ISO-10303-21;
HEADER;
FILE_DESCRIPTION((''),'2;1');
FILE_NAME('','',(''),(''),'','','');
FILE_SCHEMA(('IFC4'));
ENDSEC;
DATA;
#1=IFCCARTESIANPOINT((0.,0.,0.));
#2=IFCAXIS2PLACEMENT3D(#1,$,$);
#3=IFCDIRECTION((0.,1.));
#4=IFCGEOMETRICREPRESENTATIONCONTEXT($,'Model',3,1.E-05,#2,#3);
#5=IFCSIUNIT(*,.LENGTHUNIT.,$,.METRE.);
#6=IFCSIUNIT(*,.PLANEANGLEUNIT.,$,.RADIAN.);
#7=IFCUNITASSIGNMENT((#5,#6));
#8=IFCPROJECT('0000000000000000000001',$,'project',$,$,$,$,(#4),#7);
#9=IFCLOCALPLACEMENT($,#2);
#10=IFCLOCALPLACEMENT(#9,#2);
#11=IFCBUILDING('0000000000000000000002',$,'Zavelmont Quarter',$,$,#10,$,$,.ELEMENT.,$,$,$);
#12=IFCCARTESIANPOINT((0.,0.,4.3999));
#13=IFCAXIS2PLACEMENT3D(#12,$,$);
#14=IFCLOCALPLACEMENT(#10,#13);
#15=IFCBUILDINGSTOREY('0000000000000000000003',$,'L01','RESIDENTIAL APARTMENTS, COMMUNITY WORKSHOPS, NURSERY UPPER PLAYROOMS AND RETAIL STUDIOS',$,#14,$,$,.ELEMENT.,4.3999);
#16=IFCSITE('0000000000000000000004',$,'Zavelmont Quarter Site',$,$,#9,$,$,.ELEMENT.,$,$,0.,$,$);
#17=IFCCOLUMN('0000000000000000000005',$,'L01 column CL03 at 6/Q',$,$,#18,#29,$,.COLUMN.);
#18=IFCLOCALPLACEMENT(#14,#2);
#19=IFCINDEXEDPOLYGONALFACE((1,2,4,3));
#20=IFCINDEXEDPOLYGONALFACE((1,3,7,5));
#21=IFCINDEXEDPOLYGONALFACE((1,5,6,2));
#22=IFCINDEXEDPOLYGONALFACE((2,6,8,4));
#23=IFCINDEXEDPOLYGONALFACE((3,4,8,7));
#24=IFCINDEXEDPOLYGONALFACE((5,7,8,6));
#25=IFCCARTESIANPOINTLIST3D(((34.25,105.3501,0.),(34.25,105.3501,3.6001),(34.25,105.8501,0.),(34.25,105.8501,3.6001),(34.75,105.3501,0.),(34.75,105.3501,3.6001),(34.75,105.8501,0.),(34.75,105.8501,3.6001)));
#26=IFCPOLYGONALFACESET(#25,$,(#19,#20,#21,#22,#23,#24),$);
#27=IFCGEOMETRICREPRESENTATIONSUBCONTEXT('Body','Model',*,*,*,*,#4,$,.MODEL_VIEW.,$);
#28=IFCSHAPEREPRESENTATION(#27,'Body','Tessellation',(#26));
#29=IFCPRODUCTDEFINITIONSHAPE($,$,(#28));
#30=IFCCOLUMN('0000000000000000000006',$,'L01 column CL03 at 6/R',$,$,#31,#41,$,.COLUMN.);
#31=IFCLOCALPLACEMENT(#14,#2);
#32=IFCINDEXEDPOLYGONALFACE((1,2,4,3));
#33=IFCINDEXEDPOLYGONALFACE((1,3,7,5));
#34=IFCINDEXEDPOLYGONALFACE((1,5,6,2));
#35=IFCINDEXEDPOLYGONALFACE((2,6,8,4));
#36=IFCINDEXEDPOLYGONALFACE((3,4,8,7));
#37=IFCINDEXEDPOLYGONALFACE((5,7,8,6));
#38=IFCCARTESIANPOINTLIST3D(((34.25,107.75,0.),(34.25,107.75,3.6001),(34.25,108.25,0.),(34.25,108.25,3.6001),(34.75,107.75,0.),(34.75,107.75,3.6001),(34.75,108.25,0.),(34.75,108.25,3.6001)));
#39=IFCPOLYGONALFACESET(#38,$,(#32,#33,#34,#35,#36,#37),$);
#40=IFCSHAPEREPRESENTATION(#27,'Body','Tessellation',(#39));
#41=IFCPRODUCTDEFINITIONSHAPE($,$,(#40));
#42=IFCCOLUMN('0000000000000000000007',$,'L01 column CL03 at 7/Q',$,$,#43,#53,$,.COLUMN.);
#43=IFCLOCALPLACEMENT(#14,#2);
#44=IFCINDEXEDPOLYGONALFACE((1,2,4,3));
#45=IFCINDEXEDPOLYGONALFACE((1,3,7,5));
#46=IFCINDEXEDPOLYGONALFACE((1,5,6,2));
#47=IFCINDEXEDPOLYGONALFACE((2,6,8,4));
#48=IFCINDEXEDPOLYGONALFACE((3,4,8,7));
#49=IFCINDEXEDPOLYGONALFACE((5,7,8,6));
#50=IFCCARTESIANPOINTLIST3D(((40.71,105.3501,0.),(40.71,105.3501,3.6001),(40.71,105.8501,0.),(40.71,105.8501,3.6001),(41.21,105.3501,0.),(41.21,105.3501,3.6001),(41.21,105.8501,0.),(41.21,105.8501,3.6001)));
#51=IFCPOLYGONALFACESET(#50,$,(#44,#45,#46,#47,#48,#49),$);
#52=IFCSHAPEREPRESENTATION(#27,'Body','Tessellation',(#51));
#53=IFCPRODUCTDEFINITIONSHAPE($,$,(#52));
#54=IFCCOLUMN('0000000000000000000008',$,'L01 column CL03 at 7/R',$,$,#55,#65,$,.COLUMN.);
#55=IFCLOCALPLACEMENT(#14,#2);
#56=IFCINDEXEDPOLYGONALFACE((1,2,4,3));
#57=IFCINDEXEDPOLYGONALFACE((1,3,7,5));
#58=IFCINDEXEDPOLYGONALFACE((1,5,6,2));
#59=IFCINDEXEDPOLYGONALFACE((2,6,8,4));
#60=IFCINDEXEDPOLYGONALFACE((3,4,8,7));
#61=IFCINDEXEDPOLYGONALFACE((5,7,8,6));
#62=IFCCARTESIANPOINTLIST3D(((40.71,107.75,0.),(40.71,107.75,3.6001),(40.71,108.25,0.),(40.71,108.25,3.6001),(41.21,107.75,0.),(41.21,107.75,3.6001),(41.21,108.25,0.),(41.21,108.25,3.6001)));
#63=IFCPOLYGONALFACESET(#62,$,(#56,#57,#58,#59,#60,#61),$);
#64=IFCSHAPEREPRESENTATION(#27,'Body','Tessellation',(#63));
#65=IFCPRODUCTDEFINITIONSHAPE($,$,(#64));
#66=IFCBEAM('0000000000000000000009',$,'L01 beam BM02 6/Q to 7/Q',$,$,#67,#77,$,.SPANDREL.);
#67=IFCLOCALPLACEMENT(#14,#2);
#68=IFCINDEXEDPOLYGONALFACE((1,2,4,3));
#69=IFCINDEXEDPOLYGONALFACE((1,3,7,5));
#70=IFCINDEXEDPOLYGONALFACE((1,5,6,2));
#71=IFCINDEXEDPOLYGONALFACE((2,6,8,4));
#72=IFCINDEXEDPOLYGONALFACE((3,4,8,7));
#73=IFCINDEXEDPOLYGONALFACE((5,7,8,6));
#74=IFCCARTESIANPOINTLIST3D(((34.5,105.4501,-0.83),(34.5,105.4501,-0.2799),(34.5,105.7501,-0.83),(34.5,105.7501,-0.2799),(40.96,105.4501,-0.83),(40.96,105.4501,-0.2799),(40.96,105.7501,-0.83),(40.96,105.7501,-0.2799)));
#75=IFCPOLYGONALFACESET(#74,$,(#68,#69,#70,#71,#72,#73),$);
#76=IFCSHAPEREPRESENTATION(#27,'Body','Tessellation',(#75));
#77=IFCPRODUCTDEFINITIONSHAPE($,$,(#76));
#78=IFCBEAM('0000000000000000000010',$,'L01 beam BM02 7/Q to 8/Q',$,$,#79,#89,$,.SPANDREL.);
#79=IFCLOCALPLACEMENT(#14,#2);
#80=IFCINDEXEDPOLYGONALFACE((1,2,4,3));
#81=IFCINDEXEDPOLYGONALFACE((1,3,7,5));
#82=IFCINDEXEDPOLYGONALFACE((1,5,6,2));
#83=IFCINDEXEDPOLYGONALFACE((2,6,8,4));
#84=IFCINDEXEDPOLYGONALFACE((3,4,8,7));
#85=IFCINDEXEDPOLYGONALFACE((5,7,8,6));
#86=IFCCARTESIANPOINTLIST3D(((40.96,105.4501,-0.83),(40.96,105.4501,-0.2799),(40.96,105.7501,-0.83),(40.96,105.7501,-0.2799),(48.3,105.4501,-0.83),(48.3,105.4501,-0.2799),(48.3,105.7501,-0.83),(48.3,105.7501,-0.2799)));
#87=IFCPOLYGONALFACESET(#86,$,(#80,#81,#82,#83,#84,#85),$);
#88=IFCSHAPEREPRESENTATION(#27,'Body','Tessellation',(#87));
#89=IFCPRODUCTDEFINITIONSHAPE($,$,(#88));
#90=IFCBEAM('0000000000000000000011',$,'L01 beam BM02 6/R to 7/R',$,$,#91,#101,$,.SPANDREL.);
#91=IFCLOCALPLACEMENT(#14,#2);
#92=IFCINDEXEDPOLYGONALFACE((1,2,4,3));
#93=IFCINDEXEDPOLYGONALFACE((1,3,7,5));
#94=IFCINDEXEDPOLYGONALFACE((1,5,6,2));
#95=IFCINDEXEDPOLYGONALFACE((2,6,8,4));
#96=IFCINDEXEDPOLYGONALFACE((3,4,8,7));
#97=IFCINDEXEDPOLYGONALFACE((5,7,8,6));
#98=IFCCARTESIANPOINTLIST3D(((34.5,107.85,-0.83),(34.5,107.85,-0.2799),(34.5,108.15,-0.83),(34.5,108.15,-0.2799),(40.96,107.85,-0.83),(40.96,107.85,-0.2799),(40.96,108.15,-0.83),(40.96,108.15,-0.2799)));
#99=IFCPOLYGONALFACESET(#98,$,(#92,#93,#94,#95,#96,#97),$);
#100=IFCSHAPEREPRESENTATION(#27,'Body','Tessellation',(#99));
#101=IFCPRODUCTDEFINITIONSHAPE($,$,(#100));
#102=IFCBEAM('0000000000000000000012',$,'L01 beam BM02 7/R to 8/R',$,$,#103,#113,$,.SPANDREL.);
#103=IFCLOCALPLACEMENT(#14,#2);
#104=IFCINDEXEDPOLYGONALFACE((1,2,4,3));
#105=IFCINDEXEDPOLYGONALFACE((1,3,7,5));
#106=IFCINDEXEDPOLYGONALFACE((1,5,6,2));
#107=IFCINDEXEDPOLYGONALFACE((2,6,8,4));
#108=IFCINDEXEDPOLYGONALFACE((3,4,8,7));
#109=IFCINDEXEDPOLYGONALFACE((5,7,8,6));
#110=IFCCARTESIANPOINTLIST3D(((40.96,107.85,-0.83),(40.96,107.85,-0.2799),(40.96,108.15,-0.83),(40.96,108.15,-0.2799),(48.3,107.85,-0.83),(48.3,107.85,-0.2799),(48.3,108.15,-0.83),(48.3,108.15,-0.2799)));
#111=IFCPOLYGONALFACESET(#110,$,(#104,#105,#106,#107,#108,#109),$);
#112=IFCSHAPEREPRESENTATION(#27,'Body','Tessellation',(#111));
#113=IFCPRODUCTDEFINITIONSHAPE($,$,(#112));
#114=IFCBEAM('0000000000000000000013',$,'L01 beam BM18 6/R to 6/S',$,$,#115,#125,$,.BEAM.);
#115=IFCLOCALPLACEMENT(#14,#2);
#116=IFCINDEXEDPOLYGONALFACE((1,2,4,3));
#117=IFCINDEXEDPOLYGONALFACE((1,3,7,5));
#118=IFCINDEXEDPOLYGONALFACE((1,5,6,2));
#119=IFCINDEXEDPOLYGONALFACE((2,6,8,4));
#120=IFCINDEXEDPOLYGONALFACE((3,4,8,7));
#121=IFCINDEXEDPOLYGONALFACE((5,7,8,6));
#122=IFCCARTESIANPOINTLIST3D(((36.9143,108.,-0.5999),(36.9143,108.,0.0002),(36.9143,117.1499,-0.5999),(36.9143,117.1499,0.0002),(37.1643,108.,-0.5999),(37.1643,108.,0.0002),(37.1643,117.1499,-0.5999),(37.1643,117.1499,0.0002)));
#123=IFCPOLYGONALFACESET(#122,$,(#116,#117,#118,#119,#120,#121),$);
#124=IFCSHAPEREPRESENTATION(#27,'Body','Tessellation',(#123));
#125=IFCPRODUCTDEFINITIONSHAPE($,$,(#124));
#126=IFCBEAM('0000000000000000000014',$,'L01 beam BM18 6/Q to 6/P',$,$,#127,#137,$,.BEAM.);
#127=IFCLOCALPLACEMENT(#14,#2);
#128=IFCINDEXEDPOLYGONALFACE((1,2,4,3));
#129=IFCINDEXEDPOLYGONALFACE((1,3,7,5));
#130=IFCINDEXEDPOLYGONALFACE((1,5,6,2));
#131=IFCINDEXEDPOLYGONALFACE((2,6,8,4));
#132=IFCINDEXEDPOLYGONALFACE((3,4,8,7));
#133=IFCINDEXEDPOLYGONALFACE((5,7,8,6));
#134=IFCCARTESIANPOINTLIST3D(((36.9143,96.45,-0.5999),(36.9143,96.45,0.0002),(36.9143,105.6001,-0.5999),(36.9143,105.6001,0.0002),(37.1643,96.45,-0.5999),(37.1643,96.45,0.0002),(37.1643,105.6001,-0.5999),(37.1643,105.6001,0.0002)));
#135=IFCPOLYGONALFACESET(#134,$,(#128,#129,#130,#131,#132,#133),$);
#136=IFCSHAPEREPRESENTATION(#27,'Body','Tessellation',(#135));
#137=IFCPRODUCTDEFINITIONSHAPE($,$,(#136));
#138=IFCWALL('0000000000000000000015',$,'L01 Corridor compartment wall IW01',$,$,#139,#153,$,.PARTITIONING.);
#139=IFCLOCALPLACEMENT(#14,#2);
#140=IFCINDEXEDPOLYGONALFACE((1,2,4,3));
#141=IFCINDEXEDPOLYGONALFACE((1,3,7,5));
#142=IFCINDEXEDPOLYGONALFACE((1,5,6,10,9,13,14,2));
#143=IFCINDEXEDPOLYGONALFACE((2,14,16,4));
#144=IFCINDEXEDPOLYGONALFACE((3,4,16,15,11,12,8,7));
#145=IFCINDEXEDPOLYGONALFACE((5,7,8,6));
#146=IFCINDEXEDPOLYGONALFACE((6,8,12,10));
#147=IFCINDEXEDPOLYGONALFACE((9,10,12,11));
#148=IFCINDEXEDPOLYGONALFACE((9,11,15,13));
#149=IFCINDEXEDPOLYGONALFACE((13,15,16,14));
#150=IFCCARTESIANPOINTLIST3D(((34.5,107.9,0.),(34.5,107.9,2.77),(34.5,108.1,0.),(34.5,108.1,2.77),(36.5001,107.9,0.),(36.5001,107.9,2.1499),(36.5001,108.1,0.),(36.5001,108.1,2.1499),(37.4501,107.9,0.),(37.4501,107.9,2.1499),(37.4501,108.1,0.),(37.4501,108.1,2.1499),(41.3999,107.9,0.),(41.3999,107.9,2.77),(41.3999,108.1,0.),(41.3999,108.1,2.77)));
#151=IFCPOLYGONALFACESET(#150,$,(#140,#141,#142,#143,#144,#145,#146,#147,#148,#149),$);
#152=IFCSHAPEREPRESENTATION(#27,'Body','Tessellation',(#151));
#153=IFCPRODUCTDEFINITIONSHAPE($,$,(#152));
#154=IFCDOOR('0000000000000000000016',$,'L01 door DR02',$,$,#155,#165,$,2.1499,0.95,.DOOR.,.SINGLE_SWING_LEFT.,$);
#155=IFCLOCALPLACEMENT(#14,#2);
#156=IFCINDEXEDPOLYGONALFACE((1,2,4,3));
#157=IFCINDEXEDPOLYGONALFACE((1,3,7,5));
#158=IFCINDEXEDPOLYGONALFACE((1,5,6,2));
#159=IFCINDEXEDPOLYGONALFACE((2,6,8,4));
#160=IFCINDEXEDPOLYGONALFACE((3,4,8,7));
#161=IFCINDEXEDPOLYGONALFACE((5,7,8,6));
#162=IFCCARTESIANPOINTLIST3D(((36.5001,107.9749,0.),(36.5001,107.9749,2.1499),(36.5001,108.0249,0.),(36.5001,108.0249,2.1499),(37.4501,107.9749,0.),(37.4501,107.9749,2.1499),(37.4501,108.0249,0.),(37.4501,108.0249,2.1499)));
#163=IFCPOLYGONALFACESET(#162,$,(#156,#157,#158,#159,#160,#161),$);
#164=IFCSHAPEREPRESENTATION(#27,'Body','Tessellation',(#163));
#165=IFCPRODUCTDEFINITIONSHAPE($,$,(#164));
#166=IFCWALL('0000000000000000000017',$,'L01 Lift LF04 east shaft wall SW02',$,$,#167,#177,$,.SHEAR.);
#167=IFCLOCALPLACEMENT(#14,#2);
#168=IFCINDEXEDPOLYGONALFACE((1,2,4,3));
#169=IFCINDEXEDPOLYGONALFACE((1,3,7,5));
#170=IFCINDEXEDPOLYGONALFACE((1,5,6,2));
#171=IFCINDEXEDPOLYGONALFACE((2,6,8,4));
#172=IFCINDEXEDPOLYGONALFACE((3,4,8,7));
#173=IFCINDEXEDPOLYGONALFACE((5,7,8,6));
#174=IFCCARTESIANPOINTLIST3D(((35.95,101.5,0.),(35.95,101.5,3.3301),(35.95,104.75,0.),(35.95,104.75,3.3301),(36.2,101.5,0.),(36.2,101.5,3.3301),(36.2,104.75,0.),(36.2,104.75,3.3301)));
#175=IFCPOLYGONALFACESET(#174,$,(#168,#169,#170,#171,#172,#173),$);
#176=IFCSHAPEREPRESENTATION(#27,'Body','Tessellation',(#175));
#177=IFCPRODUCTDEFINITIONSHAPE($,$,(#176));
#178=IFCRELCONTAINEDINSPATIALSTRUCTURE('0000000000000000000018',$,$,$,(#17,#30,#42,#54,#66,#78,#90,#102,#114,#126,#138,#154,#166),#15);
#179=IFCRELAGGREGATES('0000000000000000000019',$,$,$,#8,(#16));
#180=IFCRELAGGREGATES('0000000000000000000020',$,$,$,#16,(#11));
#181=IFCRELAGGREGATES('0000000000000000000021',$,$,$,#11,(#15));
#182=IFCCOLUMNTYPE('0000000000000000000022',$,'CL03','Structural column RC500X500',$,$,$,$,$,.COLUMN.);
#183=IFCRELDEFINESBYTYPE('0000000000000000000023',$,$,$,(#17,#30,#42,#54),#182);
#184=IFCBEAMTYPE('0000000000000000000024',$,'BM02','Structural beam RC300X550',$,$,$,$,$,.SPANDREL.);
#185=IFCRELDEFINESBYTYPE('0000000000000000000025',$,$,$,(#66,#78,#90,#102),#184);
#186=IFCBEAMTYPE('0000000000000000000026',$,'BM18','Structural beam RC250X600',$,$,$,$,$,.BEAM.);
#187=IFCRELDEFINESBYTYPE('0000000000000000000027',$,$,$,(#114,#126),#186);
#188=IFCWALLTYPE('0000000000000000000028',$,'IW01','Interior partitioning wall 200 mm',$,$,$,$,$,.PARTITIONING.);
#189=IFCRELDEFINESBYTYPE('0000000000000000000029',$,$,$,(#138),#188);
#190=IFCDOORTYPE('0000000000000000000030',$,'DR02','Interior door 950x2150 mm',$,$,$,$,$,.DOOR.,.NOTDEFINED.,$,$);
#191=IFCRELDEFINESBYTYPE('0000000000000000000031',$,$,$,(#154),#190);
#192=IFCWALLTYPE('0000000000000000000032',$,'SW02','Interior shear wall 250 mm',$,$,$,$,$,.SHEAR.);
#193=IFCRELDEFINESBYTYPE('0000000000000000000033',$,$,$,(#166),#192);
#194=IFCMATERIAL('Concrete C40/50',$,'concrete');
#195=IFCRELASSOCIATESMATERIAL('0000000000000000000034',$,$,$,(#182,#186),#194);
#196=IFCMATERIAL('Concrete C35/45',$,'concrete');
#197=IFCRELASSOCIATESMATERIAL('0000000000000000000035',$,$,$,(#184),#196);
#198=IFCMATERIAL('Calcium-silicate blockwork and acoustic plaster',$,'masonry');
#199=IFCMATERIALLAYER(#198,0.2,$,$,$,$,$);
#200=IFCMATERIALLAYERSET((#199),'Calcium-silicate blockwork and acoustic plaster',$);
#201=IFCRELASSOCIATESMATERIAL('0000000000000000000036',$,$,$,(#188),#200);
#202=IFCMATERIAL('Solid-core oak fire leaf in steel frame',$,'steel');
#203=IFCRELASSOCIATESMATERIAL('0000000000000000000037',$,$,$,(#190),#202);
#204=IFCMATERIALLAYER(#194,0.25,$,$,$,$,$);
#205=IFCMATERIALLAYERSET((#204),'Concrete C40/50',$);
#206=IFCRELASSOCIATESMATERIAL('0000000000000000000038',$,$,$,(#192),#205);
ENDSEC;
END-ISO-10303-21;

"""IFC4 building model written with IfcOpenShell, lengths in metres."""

from ifc_helpers import new_model, si_unit, direction, frame, frame_2d, origin, origin_with_axes, origin_2d, place, context, subcontext, project, spatial, rectangle, extrude, material, layer, layer_set, material_profile, profile_set, type_object, element, fill, save


model = new_model("IFC4")

# Units and contexts
model_context = context("Model", 3, precision=1e-05, world=origin(), true_north=direction((0.0, 1.0)))
body_context = subcontext(model_context, "Body", "Model", "MODEL_VIEW")
ifc_project = project(units=[si_unit("LENGTHUNIT", "METRE"), si_unit("PLANEANGLEUNIT", "RADIAN")], contexts=[model_context])

# Site, building, storey
site_placement = place(None, origin())
site = spatial("IfcSite", under=ifc_project, at=site_placement, Name="Zavelmont Quarter Site", CompositionType="ELEMENT", RefElevation=0.0)
building_placement = place(site_placement, origin())
building = spatial("IfcBuilding", under=site, at=building_placement, Name="Zavelmont Quarter", CompositionType="ELEMENT")
storey_placement = place(building_placement, frame((0.0, 0.0, 4.3999)))
storey = spatial("IfcBuildingStorey", under=building, at=storey_placement, Name="L01", Description="RESIDENTIAL APARTMENTS, COMMUNITY WORKSHOPS, NURSERY UPPER PLAYROOMS AND RETAIL STUDIOS", CompositionType="ELEMENT", Elevation=4.3999)

# Columns
ifc_material_1 = material(Name="Concrete C40/50", Category="concrete")
ifc_material_profile_1 = material_profile(ifc_material_1, rectangle(XDim=0.5, YDim=0.5, at=origin_2d()), Name="RC500X500")
ifc_profile_set_1 = profile_set([ifc_material_profile_1], Name="Concrete C40/50")
column_type = type_object("IfcColumnType", Name="CL03", Description="Structural column RC500X500", PredefinedType="COLUMN", material=ifc_profile_set_1)
for number, where, z_axis, x_axis, name in (
    (1, (34.5, 105.6001, 0.0), (0.0, 0.0, 1.0), (1.0, 0.0, 0.0), "L01 column CL03 at 6/Q"),
    (2, (34.5, 108.0, 0.0), (0.0, 0.0, 1.0), (1.0, 0.0, 0.0), "L01 column CL03 at 6/R"),
    (3, (40.96, 105.6001, 0.0), (0.0, 0.0, 1.0), (1.0, 0.0, 0.0), "L01 column CL03 at 7/Q"),
    (4, (40.96, 108.0, 0.0), (0.0, 0.0, 1.0), (1.0, 0.0, 0.0), "L01 column CL03 at 7/R"),
):
    element("IfcColumn", number, at=place(storey_placement, frame(where, z_axis=z_axis, x_axis=x_axis)), inside=storey, type_object=column_type, Name=name, PredefinedType="COLUMN", context=body_context, shape_type="SweptSolid", body=[
        extrude(rectangle(XDim=0.5, YDim=0.5, at=origin_2d()), origin(), (0.0, 0.0, 1.0), 3.6001),
    ])

# Beams
ifc_material_2 = material(Name="Concrete C35/45", Category="concrete")
ifc_material_profile_2 = material_profile(ifc_material_2, rectangle(XDim=0.3, YDim=0.55, at=origin_2d()), Name="RC300X550")
ifc_profile_set_2 = profile_set([ifc_material_profile_2], Name="Concrete C35/45")
beam_type_1 = type_object("IfcBeamType", Name="BM02", Description="Structural beam RC300X550", PredefinedType="SPANDREL", material=ifc_profile_set_2)
beam_1_placement = place(storey_placement, frame((34.5, 105.6001, -0.5549), z_axis=(1.0, 0.0, 0.0), x_axis=(0.0, 1.0, 0.0)))
element("IfcBeam", 5, at=beam_1_placement, inside=storey, type_object=beam_type_1, Name="L01 beam BM02 6/Q to 7/Q", PredefinedType="SPANDREL", context=body_context, shape_type="SweptSolid", body=[
    extrude(rectangle(XDim=0.3, YDim=0.55, at=origin_2d()), origin(), (0.0, 0.0, 1.0), 6.46),
])
beam_2_placement = place(storey_placement, frame((40.96, 105.6001, -0.5549), z_axis=(1.0, 0.0, 0.0), x_axis=(0.0, 1.0, 0.0)))
element("IfcBeam", 6, at=beam_2_placement, inside=storey, type_object=beam_type_1, Name="L01 beam BM02 7/Q to 8/Q", PredefinedType="SPANDREL", context=body_context, shape_type="SweptSolid", body=[
    extrude(rectangle(XDim=0.3, YDim=0.55, at=origin_2d()), origin(), (0.0, 0.0, 1.0), 7.3401),
])
beam_3_placement = place(storey_placement, frame((34.5, 108.0, -0.5549), z_axis=(1.0, 0.0, 0.0), x_axis=(0.0, 1.0, 0.0)))
element("IfcBeam", 7, at=beam_3_placement, inside=storey, type_object=beam_type_1, Name="L01 beam BM02 6/R to 7/R", PredefinedType="SPANDREL", context=body_context, shape_type="SweptSolid", body=[
    extrude(rectangle(XDim=0.3, YDim=0.55, at=origin_2d()), origin(), (0.0, 0.0, 1.0), 6.46),
])
beam_4_placement = place(storey_placement, frame((40.96, 108.0, -0.5549), z_axis=(1.0, 0.0, 0.0), x_axis=(0.0, 1.0, 0.0)))
element("IfcBeam", 8, at=beam_4_placement, inside=storey, type_object=beam_type_1, Name="L01 beam BM02 7/R to 8/R", PredefinedType="SPANDREL", context=body_context, shape_type="SweptSolid", body=[
    extrude(rectangle(XDim=0.3, YDim=0.55, at=origin_2d()), origin(), (0.0, 0.0, 1.0), 7.3401),
])
ifc_material_profile_3 = material_profile(ifc_material_1, rectangle(XDim=0.25, YDim=0.6001, at=origin_2d()), Name="RC250X600")
ifc_profile_set_3 = profile_set([ifc_material_profile_3], Name="Concrete C40/50")
beam_type_2 = type_object("IfcBeamType", Name="BM18", Description="Structural beam RC250X600", PredefinedType="BEAM", material=ifc_profile_set_3)
beam_5_placement = place(storey_placement, frame((37.0393, 108.0, -0.2998), z_axis=(0.0, 1.0, 0.0), x_axis=(-1.0, 0.0, 0.0)))
element("IfcBeam", 9, at=beam_5_placement, inside=storey, type_object=beam_type_2, Name="L01 beam BM18 6/R to 6/S", PredefinedType="BEAM", context=body_context, shape_type="SweptSolid", body=[
    extrude(rectangle(XDim=0.25, YDim=0.6001, at=origin_2d()), origin(), (0.0, 0.0, 1.0), 9.1499),
])
beam_6_placement = place(storey_placement, frame((37.0393, 105.6001, -0.2998), z_axis=(0.0, -1.0, 0.0), x_axis=(1.0, 0.0, 0.0)))
element("IfcBeam", 10, at=beam_6_placement, inside=storey, type_object=beam_type_2, Name="L01 beam BM18 6/Q to 6/P", PredefinedType="BEAM", context=body_context, shape_type="SweptSolid", body=[
    extrude(rectangle(XDim=0.25, YDim=0.6001, at=origin_2d()), origin(), (0.0, 0.0, 1.0), 9.1501),
])

# Wall, opening, door
ifc_material_3 = material(Name="Calcium-silicate blockwork and acoustic plaster", Category="masonry")
ifc_layer_1 = layer(ifc_material_3, 0.2)
ifc_layer_set_1 = layer_set([ifc_layer_1], Name="Calcium-silicate blockwork and acoustic plaster")
wall_type_1 = type_object("IfcWallType", Name="IW01", Description="Interior partitioning wall 200 mm", PredefinedType="PARTITIONING", material=ifc_layer_set_1)
wall_1_placement = place(storey_placement, frame((34.5, 108.0, 0.0), z_axis=(0.0, 0.0, 1.0), x_axis=(1.0, 0.0, 0.0)))
wall_1 = element("IfcWall", 11, at=wall_1_placement, inside=storey, type_object=wall_type_1, Name="L01 Corridor compartment wall IW01", PredefinedType="PARTITIONING", context=body_context, shape_type="SweptSolid", body=[
    extrude(rectangle(XDim=6.8999, YDim=0.2, at=frame_2d((3.45, 0.0))), origin(), (0.0, 0.0, 1.0), 2.77),
])
opening_placement = place(wall_1_placement, frame((2.0, 0.0, 0.0)))
opening = element("IfcOpeningElement", 12, at=opening_placement, cuts=wall_1, PredefinedType="OPENING", context=body_context, shape_type="SweptSolid", body=[
    extrude(rectangle(XDim=0.95, YDim=2.1499, at=frame_2d((0.4751, 1.075))), frame((0.0, 0.1118, 0.0), z_axis=(0.0, -1.0, 0.0), x_axis=(1.0, 0.0, 0.0)), (0.0, 0.0, 1.0), 0.2239),
])
ifc_material_4 = material(Name="Solid-core oak fire leaf in steel frame", Category="steel")
door_type = type_object("IfcDoorType", Name="DR02", Description="Interior door 950x2150 mm", OperationType="NOTDEFINED", PredefinedType="DOOR", material=ifc_material_4)
door_placement = place(opening_placement, origin_with_axes())
door = element("IfcDoor", 13, at=door_placement, inside=storey, type_object=door_type, Name="L01 door DR02", OperationType="SINGLE_SWING_LEFT", OverallHeight=2.1499, OverallWidth=0.95, PredefinedType="DOOR", context=body_context, shape_type="SweptSolid", body=[
    extrude(rectangle(XDim=0.95, YDim=2.1499, at=frame_2d((0.4751, 1.075))), frame((0.0, 0.0249, 0.0), z_axis=(0.0, -1.0, 0.0), x_axis=(1.0, 0.0, 0.0)), (0.0, 0.0, 1.0), 0.05),
])
fill(opening, door)

# Wall
ifc_layer_2 = layer(ifc_material_1, 0.25)
ifc_layer_set_2 = layer_set([ifc_layer_2], Name="Concrete C40/50")
wall_type_2 = type_object("IfcWallType", Name="SW02", Description="Interior shear wall 250 mm", PredefinedType="SHEAR", material=ifc_layer_set_2)
wall_2_placement = place(storey_placement, frame((36.075, 101.5, 0.0), z_axis=(0.0, 0.0, 1.0), x_axis=(0.0, 1.0, 0.0)))
element("IfcWall", 14, at=wall_2_placement, inside=storey, type_object=wall_type_2, Name="L01 Lift LF04 east shaft wall SW02", PredefinedType="SHEAR", context=body_context, shape_type="SweptSolid", body=[
    extrude(rectangle(XDim=3.25, YDim=0.25, at=frame_2d((1.625, 0.0))), origin(), (0.0, 0.0, 1.0), 3.3301),
])

save(model, "model.ifc")
